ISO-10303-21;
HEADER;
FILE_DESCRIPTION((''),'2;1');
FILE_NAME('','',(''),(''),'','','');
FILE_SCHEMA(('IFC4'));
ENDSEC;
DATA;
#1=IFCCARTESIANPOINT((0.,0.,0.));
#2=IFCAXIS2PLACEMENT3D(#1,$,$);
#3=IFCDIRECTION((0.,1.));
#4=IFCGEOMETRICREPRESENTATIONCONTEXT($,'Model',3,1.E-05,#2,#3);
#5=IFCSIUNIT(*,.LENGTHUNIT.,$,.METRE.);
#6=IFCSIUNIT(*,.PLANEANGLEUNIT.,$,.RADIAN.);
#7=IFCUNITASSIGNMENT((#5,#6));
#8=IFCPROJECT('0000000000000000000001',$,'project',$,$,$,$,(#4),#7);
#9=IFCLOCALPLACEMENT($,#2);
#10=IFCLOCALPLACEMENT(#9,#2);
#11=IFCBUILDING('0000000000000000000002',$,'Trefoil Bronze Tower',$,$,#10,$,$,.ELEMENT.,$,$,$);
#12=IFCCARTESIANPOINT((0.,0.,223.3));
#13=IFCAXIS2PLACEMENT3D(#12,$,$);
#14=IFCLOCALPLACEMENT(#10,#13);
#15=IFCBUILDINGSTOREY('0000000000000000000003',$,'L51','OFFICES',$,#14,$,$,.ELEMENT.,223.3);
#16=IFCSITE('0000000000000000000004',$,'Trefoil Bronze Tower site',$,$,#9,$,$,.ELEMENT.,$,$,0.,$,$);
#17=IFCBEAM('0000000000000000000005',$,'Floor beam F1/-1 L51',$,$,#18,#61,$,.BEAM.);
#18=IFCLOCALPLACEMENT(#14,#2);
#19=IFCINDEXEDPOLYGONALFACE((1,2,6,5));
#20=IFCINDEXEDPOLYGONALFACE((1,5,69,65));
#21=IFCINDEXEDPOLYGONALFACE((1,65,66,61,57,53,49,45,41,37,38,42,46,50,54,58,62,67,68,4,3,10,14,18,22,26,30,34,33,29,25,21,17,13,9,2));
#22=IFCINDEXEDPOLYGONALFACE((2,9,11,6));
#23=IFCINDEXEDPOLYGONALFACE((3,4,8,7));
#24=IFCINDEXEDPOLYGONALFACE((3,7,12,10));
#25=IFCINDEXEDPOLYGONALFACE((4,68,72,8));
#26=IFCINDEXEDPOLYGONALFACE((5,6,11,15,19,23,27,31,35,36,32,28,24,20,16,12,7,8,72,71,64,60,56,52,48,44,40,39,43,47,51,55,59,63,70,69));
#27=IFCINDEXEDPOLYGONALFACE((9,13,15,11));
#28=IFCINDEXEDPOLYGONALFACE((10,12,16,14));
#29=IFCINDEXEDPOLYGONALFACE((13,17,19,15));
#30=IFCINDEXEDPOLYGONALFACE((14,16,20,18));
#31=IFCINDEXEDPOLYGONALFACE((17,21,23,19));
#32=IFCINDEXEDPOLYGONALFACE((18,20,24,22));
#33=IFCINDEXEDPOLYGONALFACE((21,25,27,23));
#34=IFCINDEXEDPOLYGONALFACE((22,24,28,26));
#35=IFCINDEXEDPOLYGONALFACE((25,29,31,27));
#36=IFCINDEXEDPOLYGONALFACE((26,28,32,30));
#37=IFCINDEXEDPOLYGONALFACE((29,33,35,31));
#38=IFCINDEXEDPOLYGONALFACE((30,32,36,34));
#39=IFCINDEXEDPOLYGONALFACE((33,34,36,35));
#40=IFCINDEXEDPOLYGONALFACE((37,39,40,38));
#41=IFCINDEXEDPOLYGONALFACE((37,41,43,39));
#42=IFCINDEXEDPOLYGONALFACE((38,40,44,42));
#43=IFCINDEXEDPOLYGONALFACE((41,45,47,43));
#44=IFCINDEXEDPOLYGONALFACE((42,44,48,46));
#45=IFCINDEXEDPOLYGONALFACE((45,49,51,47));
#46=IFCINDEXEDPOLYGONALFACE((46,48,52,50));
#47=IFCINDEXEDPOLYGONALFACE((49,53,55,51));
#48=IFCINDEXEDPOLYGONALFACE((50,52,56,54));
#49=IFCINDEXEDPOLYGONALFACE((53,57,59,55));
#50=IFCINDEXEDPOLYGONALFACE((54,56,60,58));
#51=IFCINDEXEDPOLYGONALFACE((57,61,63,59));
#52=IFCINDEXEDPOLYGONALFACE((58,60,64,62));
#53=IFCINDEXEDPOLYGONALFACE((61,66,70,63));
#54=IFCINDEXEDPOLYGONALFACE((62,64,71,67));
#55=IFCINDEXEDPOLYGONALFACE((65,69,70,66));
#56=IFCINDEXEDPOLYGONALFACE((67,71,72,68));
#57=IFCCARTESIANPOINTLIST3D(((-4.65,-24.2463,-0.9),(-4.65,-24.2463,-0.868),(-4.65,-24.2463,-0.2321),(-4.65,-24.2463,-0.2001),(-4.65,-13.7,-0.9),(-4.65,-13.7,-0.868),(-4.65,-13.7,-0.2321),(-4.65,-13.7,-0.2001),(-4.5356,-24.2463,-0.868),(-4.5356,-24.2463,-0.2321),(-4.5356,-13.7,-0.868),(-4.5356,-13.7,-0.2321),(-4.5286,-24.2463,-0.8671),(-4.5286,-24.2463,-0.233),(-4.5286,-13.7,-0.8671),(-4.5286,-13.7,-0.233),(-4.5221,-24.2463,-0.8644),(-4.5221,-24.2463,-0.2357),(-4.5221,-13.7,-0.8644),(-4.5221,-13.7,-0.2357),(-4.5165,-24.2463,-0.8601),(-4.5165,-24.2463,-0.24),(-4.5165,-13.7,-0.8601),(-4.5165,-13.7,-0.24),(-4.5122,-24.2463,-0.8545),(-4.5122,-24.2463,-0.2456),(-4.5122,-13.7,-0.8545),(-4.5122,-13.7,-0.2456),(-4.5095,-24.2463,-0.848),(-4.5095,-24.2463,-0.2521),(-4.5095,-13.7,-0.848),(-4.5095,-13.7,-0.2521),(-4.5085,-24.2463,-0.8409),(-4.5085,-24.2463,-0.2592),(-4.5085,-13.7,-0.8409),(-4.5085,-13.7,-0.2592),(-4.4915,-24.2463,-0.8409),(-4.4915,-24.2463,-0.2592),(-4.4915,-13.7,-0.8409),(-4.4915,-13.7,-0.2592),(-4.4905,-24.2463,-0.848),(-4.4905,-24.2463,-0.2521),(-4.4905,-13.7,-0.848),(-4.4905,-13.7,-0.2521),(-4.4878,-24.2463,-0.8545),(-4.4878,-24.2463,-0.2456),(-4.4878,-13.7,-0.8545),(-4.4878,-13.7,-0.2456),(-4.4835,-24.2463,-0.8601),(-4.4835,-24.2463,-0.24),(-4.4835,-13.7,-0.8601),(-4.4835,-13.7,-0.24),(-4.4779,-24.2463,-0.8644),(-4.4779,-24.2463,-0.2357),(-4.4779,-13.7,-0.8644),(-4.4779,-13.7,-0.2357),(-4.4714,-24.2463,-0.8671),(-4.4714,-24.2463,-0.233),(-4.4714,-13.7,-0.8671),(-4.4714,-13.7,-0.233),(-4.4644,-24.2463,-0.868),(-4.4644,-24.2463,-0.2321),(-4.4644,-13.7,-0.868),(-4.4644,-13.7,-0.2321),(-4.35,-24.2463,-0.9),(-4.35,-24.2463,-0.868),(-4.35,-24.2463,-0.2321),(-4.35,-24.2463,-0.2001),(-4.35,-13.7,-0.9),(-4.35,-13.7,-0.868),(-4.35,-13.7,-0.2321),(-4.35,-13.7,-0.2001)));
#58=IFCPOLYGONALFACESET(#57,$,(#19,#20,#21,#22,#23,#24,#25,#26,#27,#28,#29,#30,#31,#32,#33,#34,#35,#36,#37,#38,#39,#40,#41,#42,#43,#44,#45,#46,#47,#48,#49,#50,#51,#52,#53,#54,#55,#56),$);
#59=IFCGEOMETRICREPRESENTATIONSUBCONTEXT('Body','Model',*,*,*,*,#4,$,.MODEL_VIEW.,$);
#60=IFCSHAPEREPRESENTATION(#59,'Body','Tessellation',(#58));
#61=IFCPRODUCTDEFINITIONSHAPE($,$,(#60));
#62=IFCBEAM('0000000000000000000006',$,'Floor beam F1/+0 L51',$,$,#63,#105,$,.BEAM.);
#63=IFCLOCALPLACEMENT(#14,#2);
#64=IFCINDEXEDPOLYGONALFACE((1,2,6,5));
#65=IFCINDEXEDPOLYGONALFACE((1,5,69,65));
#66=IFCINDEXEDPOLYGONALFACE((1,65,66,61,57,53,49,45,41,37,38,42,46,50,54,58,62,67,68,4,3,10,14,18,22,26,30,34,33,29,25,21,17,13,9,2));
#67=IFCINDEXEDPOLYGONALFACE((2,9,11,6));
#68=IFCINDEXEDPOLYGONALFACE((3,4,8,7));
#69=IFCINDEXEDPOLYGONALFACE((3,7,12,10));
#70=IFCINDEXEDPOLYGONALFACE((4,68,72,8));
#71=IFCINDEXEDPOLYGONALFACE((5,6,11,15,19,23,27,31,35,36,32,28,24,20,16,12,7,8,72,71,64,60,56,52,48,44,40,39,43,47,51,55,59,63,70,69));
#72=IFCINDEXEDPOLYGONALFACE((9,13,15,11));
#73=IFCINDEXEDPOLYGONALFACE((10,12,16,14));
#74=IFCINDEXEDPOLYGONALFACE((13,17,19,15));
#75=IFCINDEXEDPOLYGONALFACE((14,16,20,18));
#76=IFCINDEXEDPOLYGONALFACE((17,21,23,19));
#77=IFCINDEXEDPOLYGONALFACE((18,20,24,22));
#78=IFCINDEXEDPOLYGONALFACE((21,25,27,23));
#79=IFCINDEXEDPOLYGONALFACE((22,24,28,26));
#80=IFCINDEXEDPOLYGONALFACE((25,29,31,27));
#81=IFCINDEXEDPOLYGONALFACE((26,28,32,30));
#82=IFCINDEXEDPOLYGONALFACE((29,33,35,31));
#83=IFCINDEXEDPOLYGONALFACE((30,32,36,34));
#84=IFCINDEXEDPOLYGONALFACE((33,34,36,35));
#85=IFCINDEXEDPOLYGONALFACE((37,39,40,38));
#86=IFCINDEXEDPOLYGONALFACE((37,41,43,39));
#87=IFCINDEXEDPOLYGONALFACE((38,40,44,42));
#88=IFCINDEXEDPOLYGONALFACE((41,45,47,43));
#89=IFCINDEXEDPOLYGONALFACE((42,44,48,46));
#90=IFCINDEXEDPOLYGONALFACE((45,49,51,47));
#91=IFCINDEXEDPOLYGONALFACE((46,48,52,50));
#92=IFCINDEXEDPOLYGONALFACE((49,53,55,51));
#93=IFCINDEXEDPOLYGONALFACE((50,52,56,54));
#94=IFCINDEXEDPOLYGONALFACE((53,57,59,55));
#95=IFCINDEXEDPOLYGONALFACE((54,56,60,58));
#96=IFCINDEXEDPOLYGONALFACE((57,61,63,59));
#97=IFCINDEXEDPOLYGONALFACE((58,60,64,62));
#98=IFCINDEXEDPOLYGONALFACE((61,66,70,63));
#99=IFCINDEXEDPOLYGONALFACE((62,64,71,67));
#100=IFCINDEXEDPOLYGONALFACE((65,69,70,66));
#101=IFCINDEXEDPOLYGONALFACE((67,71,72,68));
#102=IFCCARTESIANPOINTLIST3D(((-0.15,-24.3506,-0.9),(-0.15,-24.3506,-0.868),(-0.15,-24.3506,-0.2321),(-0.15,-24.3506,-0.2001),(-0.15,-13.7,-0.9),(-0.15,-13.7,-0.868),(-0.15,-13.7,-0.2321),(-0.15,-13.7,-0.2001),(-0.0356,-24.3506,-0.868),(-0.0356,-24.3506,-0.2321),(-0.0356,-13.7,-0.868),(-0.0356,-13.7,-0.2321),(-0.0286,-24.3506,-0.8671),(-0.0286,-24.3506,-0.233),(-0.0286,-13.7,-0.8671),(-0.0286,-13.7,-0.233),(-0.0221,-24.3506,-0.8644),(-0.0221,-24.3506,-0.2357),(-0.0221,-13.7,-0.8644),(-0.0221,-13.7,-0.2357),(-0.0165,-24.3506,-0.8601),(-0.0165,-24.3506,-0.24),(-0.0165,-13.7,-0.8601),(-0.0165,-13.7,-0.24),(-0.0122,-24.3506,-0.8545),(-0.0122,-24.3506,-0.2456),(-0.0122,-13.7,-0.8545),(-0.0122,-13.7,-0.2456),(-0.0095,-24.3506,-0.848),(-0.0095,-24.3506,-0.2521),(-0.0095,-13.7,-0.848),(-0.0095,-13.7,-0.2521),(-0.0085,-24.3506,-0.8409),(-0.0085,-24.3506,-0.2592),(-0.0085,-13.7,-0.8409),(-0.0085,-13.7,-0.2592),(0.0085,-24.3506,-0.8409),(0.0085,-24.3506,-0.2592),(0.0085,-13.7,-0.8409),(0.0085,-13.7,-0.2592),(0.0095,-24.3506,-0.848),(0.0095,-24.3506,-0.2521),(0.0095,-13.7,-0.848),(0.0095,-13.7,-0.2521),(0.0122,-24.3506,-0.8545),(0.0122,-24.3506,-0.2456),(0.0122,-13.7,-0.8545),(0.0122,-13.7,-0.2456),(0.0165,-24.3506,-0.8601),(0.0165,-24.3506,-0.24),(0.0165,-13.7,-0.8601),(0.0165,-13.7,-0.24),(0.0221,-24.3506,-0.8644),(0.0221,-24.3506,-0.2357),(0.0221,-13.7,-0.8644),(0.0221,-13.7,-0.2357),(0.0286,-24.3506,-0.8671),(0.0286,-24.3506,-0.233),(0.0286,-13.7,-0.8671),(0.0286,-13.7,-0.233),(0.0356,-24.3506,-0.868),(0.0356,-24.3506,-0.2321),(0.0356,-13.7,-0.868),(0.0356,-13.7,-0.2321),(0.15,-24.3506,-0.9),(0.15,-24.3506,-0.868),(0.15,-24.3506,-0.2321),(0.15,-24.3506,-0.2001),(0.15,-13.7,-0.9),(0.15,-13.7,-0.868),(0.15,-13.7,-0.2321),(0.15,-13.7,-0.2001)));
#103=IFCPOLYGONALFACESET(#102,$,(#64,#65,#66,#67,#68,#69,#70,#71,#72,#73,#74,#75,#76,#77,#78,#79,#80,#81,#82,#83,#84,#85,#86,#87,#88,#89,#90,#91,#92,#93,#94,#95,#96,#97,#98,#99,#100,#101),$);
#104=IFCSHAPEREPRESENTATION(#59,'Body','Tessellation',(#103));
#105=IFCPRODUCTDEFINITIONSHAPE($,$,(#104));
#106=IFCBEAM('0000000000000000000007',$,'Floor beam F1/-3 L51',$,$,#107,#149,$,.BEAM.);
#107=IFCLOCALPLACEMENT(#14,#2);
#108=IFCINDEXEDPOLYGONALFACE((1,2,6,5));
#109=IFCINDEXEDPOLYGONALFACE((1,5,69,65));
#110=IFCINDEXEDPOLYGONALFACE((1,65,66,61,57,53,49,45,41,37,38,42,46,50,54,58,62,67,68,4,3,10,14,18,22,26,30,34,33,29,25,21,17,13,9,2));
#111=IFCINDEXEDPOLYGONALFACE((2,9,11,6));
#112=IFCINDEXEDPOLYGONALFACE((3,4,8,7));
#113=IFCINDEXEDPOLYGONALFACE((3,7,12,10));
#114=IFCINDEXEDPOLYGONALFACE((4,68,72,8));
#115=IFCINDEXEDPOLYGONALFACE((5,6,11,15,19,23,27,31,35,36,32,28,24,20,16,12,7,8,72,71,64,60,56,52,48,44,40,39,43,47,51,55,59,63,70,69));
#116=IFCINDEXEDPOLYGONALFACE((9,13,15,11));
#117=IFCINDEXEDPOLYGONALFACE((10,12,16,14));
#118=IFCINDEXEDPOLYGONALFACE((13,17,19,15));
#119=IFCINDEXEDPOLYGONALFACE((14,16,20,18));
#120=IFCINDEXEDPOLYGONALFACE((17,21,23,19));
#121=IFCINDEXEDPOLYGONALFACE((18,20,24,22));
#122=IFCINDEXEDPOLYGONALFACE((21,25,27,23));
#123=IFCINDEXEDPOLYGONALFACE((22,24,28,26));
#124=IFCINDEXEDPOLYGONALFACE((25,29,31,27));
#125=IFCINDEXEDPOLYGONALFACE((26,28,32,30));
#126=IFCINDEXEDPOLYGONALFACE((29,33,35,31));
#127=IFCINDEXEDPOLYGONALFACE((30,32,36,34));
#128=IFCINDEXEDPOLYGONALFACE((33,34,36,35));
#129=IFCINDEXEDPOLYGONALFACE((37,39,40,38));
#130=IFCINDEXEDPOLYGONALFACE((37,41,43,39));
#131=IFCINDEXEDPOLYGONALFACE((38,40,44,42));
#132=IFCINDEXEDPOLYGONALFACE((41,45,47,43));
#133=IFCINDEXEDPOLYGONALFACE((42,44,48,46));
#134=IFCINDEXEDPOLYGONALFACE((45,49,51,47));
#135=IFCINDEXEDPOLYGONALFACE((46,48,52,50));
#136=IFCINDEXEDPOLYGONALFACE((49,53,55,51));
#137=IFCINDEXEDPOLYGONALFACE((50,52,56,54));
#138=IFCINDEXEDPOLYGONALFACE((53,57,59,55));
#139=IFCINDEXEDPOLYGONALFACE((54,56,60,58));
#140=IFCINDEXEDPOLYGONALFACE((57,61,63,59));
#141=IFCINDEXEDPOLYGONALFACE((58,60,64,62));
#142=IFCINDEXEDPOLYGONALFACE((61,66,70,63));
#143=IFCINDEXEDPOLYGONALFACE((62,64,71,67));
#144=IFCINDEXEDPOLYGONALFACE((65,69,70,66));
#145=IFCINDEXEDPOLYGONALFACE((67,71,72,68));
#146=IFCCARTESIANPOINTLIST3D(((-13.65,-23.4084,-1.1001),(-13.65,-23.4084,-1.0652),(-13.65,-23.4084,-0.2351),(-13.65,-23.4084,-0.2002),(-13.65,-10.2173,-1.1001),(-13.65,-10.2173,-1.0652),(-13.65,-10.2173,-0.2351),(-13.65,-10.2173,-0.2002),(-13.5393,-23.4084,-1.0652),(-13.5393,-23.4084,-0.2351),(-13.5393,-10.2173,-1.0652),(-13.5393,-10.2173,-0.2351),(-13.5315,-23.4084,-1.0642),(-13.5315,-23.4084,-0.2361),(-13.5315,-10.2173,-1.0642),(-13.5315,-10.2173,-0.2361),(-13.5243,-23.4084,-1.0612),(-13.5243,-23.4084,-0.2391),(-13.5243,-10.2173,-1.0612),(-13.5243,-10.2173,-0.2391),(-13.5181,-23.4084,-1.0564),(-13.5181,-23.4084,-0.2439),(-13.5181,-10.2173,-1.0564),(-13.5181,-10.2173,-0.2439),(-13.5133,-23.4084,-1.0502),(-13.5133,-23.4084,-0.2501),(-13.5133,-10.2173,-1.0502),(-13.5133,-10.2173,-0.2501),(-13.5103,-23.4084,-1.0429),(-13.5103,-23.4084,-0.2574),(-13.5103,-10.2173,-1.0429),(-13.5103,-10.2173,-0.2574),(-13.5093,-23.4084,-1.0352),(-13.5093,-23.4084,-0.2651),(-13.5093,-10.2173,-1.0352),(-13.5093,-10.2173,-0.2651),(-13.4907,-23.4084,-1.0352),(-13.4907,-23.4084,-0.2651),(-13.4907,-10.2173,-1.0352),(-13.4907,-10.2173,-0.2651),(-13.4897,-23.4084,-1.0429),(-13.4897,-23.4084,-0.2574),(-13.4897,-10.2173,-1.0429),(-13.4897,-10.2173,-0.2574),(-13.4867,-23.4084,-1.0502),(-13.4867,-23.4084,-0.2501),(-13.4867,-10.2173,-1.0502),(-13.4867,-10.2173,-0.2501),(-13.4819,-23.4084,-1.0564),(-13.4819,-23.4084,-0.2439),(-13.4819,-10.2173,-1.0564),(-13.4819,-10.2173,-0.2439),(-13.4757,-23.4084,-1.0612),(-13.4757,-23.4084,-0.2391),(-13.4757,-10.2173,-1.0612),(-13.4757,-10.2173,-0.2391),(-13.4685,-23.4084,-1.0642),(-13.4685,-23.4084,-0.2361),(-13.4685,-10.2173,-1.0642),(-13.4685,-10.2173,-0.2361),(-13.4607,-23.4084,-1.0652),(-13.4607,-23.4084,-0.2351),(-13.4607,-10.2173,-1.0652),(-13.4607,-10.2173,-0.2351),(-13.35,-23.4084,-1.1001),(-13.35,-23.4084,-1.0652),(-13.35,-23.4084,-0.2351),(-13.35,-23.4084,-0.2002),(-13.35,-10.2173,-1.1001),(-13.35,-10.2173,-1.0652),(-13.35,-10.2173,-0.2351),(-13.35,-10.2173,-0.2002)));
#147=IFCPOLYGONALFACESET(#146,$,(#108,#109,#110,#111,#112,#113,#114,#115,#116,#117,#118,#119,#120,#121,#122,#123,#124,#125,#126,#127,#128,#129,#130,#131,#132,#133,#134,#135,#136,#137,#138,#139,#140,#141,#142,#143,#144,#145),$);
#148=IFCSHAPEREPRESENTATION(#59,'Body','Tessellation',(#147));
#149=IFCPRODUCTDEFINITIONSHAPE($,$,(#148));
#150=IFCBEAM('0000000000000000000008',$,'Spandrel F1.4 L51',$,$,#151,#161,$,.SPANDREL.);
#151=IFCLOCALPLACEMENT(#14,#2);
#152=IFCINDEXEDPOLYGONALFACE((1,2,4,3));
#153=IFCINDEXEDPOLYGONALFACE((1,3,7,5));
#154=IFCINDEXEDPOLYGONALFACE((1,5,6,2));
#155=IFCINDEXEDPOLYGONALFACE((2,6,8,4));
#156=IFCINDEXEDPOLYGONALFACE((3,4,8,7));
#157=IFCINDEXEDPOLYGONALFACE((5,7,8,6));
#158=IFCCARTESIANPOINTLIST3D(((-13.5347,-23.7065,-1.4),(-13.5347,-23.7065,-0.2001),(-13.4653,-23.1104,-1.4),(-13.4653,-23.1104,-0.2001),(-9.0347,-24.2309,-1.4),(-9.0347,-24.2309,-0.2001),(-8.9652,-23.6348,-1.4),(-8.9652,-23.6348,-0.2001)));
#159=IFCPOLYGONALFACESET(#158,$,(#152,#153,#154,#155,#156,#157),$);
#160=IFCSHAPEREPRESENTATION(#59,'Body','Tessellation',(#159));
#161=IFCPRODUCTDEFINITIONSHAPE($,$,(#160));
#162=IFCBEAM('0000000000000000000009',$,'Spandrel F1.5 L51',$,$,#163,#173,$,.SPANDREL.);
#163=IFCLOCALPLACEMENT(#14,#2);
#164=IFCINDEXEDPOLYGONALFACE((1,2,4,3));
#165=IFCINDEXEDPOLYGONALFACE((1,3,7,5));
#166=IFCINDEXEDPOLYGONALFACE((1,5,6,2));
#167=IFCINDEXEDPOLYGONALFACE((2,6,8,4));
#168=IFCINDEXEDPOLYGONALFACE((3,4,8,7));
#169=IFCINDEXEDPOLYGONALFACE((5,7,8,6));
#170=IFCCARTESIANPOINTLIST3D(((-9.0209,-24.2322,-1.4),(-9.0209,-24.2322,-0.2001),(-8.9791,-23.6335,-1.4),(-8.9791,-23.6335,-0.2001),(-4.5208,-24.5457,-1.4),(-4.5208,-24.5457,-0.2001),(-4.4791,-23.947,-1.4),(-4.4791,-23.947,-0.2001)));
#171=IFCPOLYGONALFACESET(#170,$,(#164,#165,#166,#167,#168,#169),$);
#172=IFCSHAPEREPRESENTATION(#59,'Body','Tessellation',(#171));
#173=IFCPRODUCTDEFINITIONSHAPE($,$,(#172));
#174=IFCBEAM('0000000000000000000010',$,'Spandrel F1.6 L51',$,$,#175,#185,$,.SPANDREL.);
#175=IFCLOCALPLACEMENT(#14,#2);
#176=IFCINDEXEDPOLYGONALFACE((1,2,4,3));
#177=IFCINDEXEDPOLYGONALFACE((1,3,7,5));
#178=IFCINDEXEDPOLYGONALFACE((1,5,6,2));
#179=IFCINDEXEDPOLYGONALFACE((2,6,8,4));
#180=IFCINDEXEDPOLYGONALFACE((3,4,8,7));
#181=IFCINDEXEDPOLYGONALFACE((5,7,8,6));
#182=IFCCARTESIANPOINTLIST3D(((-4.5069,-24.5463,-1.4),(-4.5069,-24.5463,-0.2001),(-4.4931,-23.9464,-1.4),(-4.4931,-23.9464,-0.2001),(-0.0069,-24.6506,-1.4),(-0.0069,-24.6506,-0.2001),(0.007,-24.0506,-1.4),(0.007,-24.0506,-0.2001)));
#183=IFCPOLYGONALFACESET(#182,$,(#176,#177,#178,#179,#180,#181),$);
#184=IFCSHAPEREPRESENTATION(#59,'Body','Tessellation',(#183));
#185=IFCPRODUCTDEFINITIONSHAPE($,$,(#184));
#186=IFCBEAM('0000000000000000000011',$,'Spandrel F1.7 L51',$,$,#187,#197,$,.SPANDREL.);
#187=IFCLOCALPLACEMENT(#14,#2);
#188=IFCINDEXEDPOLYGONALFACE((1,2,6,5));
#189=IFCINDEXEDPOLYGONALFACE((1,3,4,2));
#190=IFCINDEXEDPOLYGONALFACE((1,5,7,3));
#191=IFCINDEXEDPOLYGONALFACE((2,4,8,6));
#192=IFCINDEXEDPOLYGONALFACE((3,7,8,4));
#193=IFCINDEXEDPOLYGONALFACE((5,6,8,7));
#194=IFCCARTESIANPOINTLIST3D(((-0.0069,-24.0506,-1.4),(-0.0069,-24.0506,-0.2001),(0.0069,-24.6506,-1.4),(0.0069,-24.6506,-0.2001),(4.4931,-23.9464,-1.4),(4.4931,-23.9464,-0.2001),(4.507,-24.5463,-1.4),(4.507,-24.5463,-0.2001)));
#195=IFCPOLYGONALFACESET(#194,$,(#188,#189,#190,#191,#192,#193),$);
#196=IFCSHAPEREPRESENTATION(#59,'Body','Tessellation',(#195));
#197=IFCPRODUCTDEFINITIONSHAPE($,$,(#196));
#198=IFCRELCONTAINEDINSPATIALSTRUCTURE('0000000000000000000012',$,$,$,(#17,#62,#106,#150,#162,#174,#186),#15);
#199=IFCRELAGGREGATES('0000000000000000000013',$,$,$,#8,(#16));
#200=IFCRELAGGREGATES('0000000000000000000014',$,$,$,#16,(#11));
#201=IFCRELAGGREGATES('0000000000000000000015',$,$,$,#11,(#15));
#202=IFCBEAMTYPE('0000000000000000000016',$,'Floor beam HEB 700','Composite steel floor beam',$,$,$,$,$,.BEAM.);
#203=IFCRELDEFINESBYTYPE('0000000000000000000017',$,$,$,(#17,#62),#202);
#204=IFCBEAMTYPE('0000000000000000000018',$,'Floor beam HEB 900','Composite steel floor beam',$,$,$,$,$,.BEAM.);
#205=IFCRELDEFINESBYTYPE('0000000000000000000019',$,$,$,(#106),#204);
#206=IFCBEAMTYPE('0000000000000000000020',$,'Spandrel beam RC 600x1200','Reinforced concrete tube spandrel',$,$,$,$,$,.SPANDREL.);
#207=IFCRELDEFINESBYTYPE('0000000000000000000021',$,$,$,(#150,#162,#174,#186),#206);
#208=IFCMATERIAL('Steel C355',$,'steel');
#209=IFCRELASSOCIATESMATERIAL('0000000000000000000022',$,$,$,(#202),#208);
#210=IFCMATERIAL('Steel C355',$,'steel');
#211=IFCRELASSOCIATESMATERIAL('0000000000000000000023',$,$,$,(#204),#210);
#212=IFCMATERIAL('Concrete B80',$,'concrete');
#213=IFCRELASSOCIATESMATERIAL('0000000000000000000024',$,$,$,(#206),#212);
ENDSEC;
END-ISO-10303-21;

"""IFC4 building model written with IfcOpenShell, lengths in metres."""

from ifc_helpers import new_model, si_unit, direction, frame, origin, origin_2d, place, context, subcontext, project, spatial, rectangle, i_section, extrude, material, material_profile, profile_set, type_object, element, save


model = new_model("IFC4")

# Units and contexts
model_context = context("Model", 3, precision=1e-05, world=origin(), true_north=direction((0.0, 1.0)))
body_context = subcontext(model_context, "Body", "Model", "MODEL_VIEW")
ifc_project = project(units=[si_unit("LENGTHUNIT", "METRE"), si_unit("PLANEANGLEUNIT", "RADIAN")], contexts=[model_context])

# Site, building, storey
site_placement = place(None, origin())
site = spatial("IfcSite", under=ifc_project, at=site_placement, Name="Trefoil Bronze Tower site", CompositionType="ELEMENT", RefElevation=0.0)
building_placement = place(site_placement, origin())
building = spatial("IfcBuilding", under=site, at=building_placement, Name="Trefoil Bronze Tower", CompositionType="ELEMENT")
storey_placement = place(building_placement, frame((0.0, 0.0, 223.3)))
storey = spatial("IfcBuildingStorey", under=building, at=storey_placement, Name="L51", Description="OFFICES", CompositionType="ELEMENT", Elevation=223.3)

# Beams
ifc_material_1 = material(Name="Steel C355", Category="steel")
ifc_material_profile_1 = material_profile(ifc_material_1, i_section(OverallWidth=0.3, OverallDepth=0.7, WebThickness=0.0171, FlangeThickness=0.032, FilletRadius=0.0271, at=origin_2d()), Name="HEB 700")
ifc_profile_set_1 = profile_set([ifc_material_profile_1], Name="Steel C355")
beam_type_1 = type_object("IfcBeamType", Name="Floor beam HEB 700", Description="Composite steel floor beam", PredefinedType="BEAM", material=ifc_profile_set_1)
beam_1_placement = place(storey_placement, frame((-4.5, -24.2463, -0.55), z_axis=(0.0, 1.0, 0.0), x_axis=(-1.0, 0.0, 0.0)))
element("IfcBeam", 1, at=beam_1_placement, inside=storey, type_object=beam_type_1, Name="Floor beam F1/-1 L51", PredefinedType="BEAM", context=body_context, shape_type="SweptSolid", body=[
    extrude(i_section(OverallWidth=0.3, OverallDepth=0.7, WebThickness=0.0171, FlangeThickness=0.032, FilletRadius=0.0271, at=origin_2d()), origin(), (0.0, 0.0, 1.0), 10.5464),
])
beam_2_placement = place(storey_placement, frame((0.0, -24.3506, -0.55), z_axis=(0.0, 1.0, 0.0), x_axis=(-1.0, 0.0, 0.0)))
element("IfcBeam", 2, at=beam_2_placement, inside=storey, type_object=beam_type_1, Name="Floor beam F1/+0 L51", PredefinedType="BEAM", context=body_context, shape_type="SweptSolid", body=[
    extrude(i_section(OverallWidth=0.3, OverallDepth=0.7, WebThickness=0.0171, FlangeThickness=0.032, FilletRadius=0.0271, at=origin_2d()), origin(), (0.0, 0.0, 1.0), 10.6506),
])
ifc_material_2 = material(Name="Steel C355", Category="steel")
ifc_material_profile_2 = material_profile(ifc_material_2, i_section(OverallWidth=0.3, OverallDepth=0.8999, WebThickness=0.0186, FlangeThickness=0.0349, FilletRadius=0.03, at=origin_2d()), Name="HEB 900")
ifc_profile_set_2 = profile_set([ifc_material_profile_2], Name="Steel C355")
beam_type_2 = type_object("IfcBeamType", Name="Floor beam HEB 900", Description="Composite steel floor beam", PredefinedType="BEAM", material=ifc_profile_set_2)
beam_3_placement = place(storey_placement, frame((-13.5, -23.4084, -0.6501), z_axis=(0.0, 1.0, 0.0), x_axis=(-1.0, 0.0, 0.0)))
element("IfcBeam", 3, at=beam_3_placement, inside=storey, type_object=beam_type_2, Name="Floor beam F1/-3 L51", PredefinedType="BEAM", context=body_context, shape_type="SweptSolid", body=[
    extrude(i_section(OverallWidth=0.3, OverallDepth=0.8999, WebThickness=0.0186, FlangeThickness=0.0349, FilletRadius=0.03, at=origin_2d()), origin(), (0.0, 0.0, 1.0), 13.1912),
])
ifc_material_3 = material(Name="Concrete B80", Category="concrete")
ifc_material_profile_3 = material_profile(ifc_material_3, rectangle(XDim=0.6001, YDim=1.2, at=origin_2d()), Name="RC 600x1200")
ifc_profile_set_3 = profile_set([ifc_material_profile_3], Name="Concrete B80")
beam_type_3 = type_object("IfcBeamType", Name="Spandrel beam RC 600x1200", Description="Reinforced concrete tube spandrel", PredefinedType="SPANDREL", material=ifc_profile_set_3)
beam_4_placement = place(storey_placement, frame((-13.5, -23.4084, -0.8), z_axis=(0.993278, -0.115753, 0.0), x_axis=(0.115753, 0.993278, 0.0)))
element("IfcBeam", 4, at=beam_4_placement, inside=storey, type_object=beam_type_3, Name="Spandrel F1.4 L51", PredefinedType="SPANDREL", context=body_context, shape_type="SweptSolid", body=[
    extrude(rectangle(XDim=0.6001, YDim=1.2, at=origin_2d()), origin(), (0.0, 0.0, 1.0), 4.5305),
])
beam_5_placement = place(storey_placement, frame((-9.0, -23.9329, -0.8), z_axis=(0.997582, -0.069493, 0.0), x_axis=(0.069493, 0.997582, 0.0)))
element("IfcBeam", 5, at=beam_5_placement, inside=storey, type_object=beam_type_3, Name="Spandrel F1.5 L51", PredefinedType="SPANDREL", context=body_context, shape_type="SweptSolid", body=[
    extrude(rectangle(XDim=0.6001, YDim=1.2, at=origin_2d()), origin(), (0.0, 0.0, 1.0), 4.511),
])
for number, where, z_axis, x_axis, name in (
    (6, (-4.5, -24.2463, -0.8), (0.999732, -0.02316, 0.0), (0.02316, 0.999732, 0.0), "Spandrel F1.6 L51"),
    (7, (0.0, -24.3506, -0.8), (0.999732, 0.02316, 0.0), (-0.02316, 0.999732, 0.0), "Spandrel F1.7 L51"),
):
    element("IfcBeam", number, at=place(storey_placement, frame(where, z_axis=z_axis, x_axis=x_axis)), inside=storey, type_object=beam_type_3, Name=name, PredefinedType="SPANDREL", context=body_context, shape_type="SweptSolid", body=[
        extrude(rectangle(XDim=0.6001, YDim=1.2, at=origin_2d()), origin(), (0.0, 0.0, 1.0), 4.5012),
    ])

save(model, "model.ifc")
